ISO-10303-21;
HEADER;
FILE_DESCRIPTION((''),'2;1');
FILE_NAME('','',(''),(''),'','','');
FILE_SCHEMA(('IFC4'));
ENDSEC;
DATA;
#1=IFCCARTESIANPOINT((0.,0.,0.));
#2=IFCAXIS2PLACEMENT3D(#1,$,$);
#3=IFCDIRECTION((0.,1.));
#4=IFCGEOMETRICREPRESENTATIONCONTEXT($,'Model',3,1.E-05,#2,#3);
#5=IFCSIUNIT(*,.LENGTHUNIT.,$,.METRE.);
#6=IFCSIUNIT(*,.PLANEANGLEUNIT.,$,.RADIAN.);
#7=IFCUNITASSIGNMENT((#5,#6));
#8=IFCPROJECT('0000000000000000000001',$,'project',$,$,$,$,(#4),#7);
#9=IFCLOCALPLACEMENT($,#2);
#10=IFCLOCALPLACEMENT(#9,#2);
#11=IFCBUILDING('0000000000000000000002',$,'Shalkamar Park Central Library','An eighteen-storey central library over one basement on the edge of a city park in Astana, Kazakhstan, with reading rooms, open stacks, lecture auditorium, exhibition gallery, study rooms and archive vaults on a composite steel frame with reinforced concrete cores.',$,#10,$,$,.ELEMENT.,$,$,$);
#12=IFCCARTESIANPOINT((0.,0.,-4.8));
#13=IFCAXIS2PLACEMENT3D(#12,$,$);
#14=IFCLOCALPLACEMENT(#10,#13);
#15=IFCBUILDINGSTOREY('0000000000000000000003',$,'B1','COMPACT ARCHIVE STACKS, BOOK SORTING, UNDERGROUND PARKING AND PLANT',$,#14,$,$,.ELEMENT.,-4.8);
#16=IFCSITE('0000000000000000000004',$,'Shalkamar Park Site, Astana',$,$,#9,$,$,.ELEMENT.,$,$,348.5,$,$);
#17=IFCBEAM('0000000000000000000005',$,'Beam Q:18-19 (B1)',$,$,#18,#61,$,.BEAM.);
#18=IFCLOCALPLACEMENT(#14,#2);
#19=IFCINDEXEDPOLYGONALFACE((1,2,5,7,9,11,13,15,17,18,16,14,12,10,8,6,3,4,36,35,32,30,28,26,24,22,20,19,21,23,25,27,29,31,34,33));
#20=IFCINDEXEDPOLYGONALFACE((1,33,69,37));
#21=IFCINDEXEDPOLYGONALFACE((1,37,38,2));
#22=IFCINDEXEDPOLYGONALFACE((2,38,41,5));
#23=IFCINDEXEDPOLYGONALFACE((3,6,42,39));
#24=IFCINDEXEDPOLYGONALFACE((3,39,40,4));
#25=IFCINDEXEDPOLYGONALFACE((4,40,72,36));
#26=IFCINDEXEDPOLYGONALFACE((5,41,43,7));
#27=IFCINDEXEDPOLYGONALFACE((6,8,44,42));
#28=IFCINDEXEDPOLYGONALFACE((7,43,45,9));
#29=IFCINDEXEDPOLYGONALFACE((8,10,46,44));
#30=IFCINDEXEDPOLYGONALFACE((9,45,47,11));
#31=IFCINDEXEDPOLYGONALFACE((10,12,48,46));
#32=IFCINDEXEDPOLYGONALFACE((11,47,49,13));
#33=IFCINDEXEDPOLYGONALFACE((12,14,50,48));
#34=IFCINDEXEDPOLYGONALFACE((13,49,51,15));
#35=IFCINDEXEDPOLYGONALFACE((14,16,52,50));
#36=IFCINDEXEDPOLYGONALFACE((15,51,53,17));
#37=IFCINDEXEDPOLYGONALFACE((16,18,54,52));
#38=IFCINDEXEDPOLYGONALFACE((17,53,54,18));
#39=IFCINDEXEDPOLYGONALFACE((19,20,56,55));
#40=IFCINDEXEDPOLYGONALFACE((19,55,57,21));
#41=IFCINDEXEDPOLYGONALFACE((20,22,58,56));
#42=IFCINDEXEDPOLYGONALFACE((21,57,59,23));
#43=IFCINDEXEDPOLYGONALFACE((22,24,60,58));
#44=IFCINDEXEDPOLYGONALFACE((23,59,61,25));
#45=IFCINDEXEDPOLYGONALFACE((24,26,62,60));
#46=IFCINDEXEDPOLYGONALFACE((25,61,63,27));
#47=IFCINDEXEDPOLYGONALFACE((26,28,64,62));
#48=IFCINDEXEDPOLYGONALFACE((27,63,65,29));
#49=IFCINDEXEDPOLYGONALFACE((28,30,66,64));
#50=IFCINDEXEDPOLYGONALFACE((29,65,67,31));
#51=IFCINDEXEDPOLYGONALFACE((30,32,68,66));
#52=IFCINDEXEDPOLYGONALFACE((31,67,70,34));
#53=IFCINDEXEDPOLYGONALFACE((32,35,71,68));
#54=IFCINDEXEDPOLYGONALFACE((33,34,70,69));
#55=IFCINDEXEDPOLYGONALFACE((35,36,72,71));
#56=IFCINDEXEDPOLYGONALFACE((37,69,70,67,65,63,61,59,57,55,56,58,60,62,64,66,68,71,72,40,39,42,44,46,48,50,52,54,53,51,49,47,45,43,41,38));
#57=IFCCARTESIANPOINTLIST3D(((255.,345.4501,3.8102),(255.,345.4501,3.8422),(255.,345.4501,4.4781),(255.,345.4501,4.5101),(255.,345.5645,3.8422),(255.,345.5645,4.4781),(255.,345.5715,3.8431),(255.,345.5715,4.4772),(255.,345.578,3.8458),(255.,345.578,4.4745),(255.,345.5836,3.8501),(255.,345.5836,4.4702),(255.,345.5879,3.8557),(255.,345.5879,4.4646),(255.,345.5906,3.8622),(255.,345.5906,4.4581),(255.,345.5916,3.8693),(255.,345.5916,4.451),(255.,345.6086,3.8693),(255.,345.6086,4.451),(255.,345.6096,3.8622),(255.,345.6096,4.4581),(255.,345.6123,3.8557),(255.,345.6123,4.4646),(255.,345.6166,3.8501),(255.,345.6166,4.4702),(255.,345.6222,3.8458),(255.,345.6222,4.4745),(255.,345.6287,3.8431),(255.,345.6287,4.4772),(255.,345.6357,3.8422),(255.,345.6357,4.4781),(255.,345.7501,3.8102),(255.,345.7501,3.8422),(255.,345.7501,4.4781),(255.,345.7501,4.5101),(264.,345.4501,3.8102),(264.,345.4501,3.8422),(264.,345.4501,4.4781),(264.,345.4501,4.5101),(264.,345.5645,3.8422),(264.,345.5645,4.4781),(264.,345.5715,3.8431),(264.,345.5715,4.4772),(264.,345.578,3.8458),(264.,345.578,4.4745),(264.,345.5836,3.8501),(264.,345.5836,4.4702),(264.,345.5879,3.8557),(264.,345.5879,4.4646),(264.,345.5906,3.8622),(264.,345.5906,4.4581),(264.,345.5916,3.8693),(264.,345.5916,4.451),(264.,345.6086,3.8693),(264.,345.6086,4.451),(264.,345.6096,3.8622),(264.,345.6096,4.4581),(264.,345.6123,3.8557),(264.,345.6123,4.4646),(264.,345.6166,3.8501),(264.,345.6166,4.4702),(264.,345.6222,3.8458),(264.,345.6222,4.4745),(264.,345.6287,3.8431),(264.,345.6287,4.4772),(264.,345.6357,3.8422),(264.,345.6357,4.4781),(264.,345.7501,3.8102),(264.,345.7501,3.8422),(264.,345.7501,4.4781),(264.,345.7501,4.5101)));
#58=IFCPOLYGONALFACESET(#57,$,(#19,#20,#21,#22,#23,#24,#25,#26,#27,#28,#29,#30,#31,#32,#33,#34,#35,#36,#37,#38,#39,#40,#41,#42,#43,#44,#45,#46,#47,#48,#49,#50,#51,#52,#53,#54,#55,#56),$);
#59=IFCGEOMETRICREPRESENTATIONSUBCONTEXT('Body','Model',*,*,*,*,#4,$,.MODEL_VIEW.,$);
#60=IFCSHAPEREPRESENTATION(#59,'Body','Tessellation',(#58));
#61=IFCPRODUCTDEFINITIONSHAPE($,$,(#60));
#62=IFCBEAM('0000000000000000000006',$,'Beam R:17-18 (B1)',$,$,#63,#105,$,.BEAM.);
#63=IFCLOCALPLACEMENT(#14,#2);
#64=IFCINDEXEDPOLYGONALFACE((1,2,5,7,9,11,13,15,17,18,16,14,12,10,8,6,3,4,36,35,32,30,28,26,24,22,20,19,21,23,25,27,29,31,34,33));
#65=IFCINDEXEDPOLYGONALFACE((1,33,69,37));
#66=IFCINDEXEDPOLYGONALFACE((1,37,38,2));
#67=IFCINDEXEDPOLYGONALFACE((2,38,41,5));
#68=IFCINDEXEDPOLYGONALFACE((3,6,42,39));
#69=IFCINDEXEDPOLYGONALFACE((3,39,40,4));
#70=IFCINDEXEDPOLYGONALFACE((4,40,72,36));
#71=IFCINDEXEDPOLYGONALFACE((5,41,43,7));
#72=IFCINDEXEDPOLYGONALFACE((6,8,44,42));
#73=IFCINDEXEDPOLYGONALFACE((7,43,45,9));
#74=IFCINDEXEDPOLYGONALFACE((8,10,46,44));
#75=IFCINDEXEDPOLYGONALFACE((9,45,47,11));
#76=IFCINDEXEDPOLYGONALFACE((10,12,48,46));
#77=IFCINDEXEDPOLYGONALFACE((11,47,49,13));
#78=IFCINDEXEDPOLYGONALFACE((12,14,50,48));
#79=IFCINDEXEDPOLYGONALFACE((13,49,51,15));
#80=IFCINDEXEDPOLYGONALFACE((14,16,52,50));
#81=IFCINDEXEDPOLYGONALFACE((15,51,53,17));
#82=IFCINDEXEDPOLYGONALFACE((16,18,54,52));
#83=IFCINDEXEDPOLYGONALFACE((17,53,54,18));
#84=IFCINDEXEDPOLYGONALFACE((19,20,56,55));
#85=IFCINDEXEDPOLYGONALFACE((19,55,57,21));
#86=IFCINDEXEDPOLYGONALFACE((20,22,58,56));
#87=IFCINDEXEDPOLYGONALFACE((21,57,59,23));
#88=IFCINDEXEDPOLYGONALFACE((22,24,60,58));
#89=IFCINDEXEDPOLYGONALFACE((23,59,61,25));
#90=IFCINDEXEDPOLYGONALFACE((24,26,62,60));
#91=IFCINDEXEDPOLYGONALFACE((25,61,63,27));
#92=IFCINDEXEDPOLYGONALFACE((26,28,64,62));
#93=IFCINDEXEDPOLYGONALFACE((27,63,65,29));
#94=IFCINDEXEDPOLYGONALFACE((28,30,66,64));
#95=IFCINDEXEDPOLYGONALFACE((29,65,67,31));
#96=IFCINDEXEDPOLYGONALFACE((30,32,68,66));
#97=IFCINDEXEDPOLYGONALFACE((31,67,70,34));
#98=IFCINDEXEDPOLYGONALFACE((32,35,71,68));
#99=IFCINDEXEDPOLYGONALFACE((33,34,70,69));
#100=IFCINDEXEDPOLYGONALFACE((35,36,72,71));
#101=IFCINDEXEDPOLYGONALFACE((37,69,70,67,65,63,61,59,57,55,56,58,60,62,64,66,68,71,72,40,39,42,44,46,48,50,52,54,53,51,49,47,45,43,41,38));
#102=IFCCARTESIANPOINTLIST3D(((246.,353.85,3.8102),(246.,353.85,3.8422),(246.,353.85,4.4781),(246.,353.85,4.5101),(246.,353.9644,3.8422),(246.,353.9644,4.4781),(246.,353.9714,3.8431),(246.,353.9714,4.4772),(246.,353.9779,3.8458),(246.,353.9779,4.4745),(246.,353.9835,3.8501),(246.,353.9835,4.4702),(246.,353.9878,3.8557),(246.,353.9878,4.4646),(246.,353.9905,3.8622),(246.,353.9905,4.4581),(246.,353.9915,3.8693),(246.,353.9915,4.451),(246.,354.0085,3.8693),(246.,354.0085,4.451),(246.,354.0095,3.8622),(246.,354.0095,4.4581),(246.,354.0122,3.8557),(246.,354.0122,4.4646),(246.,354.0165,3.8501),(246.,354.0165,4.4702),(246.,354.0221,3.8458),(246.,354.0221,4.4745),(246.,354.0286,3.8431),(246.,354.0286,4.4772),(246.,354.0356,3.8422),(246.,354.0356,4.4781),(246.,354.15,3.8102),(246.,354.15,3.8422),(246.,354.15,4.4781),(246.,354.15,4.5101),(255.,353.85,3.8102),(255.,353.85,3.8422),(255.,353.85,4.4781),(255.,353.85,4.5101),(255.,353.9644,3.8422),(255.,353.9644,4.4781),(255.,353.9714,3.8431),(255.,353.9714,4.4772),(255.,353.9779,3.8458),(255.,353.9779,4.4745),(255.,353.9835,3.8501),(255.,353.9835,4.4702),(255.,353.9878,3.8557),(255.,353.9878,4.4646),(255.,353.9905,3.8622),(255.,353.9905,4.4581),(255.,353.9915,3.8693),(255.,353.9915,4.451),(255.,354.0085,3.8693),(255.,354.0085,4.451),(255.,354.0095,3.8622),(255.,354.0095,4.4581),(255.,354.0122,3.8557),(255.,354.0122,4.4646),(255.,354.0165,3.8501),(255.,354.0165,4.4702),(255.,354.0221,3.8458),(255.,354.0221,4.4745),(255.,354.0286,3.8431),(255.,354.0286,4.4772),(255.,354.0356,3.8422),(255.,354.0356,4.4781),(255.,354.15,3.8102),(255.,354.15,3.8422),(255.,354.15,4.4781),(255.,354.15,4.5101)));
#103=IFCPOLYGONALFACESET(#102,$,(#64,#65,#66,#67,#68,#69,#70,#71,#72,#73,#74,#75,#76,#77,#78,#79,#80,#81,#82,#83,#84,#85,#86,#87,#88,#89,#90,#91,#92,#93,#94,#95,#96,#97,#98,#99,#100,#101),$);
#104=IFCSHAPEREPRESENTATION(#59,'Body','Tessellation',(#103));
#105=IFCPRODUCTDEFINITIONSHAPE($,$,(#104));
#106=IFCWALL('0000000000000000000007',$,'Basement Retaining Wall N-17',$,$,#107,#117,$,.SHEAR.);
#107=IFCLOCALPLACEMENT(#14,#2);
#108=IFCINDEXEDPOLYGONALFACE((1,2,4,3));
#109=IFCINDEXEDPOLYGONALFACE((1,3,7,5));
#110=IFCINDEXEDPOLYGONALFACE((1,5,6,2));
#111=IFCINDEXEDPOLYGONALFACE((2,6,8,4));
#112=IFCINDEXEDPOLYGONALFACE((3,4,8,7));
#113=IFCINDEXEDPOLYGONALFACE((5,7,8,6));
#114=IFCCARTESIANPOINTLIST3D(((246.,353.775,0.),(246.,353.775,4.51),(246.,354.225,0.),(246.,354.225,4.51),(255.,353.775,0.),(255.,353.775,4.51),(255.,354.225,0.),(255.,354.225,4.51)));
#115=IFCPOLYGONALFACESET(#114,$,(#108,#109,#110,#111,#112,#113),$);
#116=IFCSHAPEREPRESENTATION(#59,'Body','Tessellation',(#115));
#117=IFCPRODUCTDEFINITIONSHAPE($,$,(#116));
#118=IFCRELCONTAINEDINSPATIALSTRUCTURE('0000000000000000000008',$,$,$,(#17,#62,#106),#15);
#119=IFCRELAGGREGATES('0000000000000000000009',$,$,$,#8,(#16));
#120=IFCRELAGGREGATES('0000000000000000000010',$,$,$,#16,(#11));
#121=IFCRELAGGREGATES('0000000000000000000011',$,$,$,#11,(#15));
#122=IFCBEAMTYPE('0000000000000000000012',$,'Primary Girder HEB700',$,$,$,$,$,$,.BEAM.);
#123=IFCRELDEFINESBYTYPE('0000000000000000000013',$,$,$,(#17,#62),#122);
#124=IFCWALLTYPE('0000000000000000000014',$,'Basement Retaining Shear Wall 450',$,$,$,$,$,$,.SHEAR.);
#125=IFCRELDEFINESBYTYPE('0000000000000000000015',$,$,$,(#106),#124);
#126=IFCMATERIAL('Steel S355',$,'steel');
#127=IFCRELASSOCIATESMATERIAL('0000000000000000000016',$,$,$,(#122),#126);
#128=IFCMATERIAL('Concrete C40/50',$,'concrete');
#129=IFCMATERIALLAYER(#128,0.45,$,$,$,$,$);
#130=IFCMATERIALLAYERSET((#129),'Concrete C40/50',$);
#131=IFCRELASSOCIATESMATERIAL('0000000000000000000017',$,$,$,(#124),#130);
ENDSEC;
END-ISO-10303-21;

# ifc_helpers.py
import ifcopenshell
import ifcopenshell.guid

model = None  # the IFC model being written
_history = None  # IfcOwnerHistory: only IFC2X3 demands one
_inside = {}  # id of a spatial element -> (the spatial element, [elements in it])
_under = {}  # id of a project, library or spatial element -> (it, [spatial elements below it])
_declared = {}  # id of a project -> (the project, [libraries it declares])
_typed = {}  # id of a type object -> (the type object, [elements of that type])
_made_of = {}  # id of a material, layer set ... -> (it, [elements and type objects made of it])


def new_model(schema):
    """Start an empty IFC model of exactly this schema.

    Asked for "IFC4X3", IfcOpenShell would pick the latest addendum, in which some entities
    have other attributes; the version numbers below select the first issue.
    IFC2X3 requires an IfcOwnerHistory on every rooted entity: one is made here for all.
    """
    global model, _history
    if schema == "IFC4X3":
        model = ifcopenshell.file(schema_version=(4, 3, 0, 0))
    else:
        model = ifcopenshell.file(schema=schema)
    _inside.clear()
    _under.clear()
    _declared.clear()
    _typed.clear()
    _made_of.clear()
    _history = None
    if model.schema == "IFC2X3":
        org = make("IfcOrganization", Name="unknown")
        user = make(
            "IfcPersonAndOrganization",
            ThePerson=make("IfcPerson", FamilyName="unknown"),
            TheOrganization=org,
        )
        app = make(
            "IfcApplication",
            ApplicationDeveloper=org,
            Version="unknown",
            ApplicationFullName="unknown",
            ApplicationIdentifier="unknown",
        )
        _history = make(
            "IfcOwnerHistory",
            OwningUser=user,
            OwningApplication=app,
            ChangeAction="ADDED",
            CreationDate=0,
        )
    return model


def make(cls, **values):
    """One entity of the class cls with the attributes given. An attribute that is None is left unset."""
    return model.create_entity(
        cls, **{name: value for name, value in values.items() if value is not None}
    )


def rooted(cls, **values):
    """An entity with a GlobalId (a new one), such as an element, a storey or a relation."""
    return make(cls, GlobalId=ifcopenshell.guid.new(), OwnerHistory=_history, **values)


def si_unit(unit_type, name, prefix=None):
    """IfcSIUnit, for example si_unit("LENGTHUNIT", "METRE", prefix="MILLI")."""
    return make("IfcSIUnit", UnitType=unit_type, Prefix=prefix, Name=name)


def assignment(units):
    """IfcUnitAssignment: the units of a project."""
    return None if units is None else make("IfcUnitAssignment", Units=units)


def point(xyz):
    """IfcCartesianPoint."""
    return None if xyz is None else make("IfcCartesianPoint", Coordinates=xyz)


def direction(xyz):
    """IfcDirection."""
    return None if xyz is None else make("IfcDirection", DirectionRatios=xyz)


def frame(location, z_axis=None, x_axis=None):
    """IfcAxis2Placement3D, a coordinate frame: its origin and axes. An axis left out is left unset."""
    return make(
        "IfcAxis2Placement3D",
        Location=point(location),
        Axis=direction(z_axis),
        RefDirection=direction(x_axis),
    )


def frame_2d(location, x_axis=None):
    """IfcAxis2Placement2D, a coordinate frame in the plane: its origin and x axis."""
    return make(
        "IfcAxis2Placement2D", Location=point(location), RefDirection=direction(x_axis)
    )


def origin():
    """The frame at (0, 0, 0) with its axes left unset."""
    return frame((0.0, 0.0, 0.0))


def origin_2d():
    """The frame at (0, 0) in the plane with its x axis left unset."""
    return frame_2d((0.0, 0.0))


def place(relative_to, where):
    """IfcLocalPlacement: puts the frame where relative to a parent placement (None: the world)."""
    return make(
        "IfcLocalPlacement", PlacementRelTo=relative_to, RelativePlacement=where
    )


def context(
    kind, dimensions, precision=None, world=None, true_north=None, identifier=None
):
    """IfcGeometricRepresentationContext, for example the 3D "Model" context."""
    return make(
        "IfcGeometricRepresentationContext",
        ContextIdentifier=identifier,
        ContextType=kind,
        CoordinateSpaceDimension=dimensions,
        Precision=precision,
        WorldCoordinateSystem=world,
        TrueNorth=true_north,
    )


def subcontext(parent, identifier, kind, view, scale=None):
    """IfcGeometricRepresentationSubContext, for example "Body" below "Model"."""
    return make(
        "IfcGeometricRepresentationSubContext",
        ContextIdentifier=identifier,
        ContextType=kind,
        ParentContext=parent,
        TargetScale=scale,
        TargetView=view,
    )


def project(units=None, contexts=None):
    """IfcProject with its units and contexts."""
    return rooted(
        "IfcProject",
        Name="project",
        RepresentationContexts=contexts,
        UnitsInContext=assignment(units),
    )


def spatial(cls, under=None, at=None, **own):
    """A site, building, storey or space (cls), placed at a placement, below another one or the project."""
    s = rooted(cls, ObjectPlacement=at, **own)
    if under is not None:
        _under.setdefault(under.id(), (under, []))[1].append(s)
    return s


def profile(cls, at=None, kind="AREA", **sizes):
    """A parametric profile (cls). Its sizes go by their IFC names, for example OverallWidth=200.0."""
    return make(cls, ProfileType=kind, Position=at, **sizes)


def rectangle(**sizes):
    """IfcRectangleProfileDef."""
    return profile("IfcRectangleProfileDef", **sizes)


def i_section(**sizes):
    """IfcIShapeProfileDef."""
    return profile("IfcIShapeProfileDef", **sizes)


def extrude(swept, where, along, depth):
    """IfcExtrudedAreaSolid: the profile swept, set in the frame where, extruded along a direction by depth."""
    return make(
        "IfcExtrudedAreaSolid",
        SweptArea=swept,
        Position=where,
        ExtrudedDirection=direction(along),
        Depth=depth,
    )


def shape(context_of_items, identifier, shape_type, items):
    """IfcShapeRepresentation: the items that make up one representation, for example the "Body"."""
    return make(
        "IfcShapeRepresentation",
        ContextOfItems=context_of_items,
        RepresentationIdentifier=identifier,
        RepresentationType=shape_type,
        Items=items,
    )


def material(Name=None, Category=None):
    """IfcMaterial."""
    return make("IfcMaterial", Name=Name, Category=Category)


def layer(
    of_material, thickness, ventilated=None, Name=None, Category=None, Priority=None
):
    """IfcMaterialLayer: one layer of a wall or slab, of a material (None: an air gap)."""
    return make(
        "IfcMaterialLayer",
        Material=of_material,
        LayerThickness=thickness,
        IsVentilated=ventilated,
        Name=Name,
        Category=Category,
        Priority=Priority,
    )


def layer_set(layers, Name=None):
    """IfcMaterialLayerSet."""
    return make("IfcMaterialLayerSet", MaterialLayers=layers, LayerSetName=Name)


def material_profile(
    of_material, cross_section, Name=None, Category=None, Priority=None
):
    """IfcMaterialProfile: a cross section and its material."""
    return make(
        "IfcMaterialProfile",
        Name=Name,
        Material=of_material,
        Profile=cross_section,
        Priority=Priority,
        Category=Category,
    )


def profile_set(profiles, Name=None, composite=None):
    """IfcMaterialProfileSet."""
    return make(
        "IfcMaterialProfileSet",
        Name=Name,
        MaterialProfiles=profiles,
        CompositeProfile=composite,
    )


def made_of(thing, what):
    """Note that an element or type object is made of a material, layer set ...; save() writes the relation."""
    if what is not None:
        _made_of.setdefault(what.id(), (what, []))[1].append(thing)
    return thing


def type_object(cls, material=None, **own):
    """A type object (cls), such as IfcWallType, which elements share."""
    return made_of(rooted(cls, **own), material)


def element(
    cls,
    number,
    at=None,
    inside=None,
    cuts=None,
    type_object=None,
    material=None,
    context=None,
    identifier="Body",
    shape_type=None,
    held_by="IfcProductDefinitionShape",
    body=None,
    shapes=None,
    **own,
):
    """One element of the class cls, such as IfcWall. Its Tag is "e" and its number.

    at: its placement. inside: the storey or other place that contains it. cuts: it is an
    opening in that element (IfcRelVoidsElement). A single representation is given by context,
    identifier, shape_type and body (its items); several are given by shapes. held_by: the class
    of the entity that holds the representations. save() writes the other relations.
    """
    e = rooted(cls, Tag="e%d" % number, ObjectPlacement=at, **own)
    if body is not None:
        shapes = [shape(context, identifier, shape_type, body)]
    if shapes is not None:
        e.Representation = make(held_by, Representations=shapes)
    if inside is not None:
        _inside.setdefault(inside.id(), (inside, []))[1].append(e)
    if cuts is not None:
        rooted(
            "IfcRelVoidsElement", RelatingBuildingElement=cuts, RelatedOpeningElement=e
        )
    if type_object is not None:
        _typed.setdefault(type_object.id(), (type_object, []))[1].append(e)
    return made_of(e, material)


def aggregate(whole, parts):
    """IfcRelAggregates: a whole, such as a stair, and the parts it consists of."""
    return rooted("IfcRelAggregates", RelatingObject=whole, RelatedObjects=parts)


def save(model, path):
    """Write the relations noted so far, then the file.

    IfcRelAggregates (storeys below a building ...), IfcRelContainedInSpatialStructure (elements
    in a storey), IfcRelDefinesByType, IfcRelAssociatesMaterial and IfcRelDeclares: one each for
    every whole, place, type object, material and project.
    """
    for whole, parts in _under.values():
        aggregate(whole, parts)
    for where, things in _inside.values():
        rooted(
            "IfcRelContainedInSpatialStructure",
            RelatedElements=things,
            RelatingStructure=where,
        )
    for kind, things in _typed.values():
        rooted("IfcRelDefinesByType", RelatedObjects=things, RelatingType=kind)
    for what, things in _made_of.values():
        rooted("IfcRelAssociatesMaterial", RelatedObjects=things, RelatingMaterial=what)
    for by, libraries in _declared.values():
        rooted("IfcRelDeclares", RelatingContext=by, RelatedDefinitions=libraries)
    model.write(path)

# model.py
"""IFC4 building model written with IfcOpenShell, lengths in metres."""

from ifc_helpers import new_model, si_unit, direction, frame, frame_2d, origin, origin_2d, place, context, subcontext, project, spatial, rectangle, i_section, extrude, material, layer, layer_set, material_profile, profile_set, type_object, element, save


model = new_model("IFC4")

# Units and contexts
model_context = context("Model", 3, precision=1e-05, world=origin(), true_north=direction((0.0, 1.0)))
body_context = subcontext(model_context, "Body", "Model", "MODEL_VIEW")
ifc_project = project(units=[si_unit("LENGTHUNIT", "METRE"), si_unit("PLANEANGLEUNIT", "RADIAN")], contexts=[model_context])

# Site, building, storey
site_placement = place(None, origin())
site = spatial("IfcSite", under=ifc_project, at=site_placement, Name="Shalkamar Park Site, Astana", CompositionType="ELEMENT", RefElevation=348.5)
building_placement = place(site_placement, origin())
building = spatial("IfcBuilding", under=site, at=building_placement, Name="Shalkamar Park Central Library", Description="An eighteen-storey central library over one basement on the edge of a city park in Astana, Kazakhstan, with reading rooms, open stacks, lecture auditorium, exhibition gallery, study rooms and archive vaults on a composite steel frame with reinforced concrete cores.", CompositionType="ELEMENT")
storey_placement = place(building_placement, frame((0.0, 0.0, -4.8)))
storey = spatial("IfcBuildingStorey", under=building, at=storey_placement, Name="B1", Description="COMPACT ARCHIVE STACKS, BOOK SORTING, UNDERGROUND PARKING AND PLANT", CompositionType="ELEMENT", Elevation=-4.8)

# Shared definitions
ifc_material_1 = material(Name="Concrete C40/50", Category="concrete")
ifc_material_2 = material(Name="Steel S355", Category="steel")

# Beams
ifc_material_profile_1 = material_profile(ifc_material_2, i_section(OverallWidth=0.3, OverallDepth=0.7, WebThickness=0.0171, FlangeThickness=0.032, FilletRadius=0.0271, at=origin_2d()), Name="HEB 700")
ifc_profile_set_1 = profile_set([ifc_material_profile_1], Name="Steel S355")
beam_type_1 = type_object("IfcBeamType", Name="Primary Girder HEB700", PredefinedType="BEAM", material=ifc_profile_set_1)
for number, where, z_axis, x_axis, name in (
    (1, (255.0, 345.6001, 4.1602), (1.0, 0.0, 0.0), (0.0, 1.0, 0.0), "Beam Q:18-19 (B1)"),
    (2, (246.0, 354.0, 4.1602), (1.0, 0.0, 0.0), (0.0, 1.0, 0.0), "Beam R:17-18 (B1)"),
):
    element("IfcBeam", number, at=place(storey_placement, frame(where, z_axis=z_axis, x_axis=x_axis)), inside=storey, type_object=beam_type_1, Name=name, PredefinedType="BEAM", context=body_context, shape_type="SweptSolid", body=[
        extrude(i_section(OverallWidth=0.3, OverallDepth=0.7, WebThickness=0.0171, FlangeThickness=0.032, FilletRadius=0.0271, at=origin_2d()), origin(), (0.0, 0.0, 1.0), 9.0),
    ])

# Wall
ifc_layer = layer(ifc_material_1, 0.45)
ifc_layer_set = layer_set([ifc_layer], Name="Concrete C40/50")
wall_type = type_object("IfcWallType", Name="Basement Retaining Shear Wall 450", PredefinedType="SHEAR", material=ifc_layer_set)
wall_placement = place(storey_placement, frame((246.0, 354.0, 0.0), z_axis=(0.0, 0.0, 1.0), x_axis=(1.0, 0.0, 0.0)))
element("IfcWall", 3, at=wall_placement, inside=storey, type_object=wall_type, Name="Basement Retaining Wall N-17", PredefinedType="SHEAR", context=body_context, shape_type="SweptSolid", body=[
    extrude(rectangle(XDim=9.0, YDim=0.45, at=frame_2d((4.5, 0.0))), origin(), (0.0, 0.0, 1.0), 4.51),
])

save(model, "model.ifc")
